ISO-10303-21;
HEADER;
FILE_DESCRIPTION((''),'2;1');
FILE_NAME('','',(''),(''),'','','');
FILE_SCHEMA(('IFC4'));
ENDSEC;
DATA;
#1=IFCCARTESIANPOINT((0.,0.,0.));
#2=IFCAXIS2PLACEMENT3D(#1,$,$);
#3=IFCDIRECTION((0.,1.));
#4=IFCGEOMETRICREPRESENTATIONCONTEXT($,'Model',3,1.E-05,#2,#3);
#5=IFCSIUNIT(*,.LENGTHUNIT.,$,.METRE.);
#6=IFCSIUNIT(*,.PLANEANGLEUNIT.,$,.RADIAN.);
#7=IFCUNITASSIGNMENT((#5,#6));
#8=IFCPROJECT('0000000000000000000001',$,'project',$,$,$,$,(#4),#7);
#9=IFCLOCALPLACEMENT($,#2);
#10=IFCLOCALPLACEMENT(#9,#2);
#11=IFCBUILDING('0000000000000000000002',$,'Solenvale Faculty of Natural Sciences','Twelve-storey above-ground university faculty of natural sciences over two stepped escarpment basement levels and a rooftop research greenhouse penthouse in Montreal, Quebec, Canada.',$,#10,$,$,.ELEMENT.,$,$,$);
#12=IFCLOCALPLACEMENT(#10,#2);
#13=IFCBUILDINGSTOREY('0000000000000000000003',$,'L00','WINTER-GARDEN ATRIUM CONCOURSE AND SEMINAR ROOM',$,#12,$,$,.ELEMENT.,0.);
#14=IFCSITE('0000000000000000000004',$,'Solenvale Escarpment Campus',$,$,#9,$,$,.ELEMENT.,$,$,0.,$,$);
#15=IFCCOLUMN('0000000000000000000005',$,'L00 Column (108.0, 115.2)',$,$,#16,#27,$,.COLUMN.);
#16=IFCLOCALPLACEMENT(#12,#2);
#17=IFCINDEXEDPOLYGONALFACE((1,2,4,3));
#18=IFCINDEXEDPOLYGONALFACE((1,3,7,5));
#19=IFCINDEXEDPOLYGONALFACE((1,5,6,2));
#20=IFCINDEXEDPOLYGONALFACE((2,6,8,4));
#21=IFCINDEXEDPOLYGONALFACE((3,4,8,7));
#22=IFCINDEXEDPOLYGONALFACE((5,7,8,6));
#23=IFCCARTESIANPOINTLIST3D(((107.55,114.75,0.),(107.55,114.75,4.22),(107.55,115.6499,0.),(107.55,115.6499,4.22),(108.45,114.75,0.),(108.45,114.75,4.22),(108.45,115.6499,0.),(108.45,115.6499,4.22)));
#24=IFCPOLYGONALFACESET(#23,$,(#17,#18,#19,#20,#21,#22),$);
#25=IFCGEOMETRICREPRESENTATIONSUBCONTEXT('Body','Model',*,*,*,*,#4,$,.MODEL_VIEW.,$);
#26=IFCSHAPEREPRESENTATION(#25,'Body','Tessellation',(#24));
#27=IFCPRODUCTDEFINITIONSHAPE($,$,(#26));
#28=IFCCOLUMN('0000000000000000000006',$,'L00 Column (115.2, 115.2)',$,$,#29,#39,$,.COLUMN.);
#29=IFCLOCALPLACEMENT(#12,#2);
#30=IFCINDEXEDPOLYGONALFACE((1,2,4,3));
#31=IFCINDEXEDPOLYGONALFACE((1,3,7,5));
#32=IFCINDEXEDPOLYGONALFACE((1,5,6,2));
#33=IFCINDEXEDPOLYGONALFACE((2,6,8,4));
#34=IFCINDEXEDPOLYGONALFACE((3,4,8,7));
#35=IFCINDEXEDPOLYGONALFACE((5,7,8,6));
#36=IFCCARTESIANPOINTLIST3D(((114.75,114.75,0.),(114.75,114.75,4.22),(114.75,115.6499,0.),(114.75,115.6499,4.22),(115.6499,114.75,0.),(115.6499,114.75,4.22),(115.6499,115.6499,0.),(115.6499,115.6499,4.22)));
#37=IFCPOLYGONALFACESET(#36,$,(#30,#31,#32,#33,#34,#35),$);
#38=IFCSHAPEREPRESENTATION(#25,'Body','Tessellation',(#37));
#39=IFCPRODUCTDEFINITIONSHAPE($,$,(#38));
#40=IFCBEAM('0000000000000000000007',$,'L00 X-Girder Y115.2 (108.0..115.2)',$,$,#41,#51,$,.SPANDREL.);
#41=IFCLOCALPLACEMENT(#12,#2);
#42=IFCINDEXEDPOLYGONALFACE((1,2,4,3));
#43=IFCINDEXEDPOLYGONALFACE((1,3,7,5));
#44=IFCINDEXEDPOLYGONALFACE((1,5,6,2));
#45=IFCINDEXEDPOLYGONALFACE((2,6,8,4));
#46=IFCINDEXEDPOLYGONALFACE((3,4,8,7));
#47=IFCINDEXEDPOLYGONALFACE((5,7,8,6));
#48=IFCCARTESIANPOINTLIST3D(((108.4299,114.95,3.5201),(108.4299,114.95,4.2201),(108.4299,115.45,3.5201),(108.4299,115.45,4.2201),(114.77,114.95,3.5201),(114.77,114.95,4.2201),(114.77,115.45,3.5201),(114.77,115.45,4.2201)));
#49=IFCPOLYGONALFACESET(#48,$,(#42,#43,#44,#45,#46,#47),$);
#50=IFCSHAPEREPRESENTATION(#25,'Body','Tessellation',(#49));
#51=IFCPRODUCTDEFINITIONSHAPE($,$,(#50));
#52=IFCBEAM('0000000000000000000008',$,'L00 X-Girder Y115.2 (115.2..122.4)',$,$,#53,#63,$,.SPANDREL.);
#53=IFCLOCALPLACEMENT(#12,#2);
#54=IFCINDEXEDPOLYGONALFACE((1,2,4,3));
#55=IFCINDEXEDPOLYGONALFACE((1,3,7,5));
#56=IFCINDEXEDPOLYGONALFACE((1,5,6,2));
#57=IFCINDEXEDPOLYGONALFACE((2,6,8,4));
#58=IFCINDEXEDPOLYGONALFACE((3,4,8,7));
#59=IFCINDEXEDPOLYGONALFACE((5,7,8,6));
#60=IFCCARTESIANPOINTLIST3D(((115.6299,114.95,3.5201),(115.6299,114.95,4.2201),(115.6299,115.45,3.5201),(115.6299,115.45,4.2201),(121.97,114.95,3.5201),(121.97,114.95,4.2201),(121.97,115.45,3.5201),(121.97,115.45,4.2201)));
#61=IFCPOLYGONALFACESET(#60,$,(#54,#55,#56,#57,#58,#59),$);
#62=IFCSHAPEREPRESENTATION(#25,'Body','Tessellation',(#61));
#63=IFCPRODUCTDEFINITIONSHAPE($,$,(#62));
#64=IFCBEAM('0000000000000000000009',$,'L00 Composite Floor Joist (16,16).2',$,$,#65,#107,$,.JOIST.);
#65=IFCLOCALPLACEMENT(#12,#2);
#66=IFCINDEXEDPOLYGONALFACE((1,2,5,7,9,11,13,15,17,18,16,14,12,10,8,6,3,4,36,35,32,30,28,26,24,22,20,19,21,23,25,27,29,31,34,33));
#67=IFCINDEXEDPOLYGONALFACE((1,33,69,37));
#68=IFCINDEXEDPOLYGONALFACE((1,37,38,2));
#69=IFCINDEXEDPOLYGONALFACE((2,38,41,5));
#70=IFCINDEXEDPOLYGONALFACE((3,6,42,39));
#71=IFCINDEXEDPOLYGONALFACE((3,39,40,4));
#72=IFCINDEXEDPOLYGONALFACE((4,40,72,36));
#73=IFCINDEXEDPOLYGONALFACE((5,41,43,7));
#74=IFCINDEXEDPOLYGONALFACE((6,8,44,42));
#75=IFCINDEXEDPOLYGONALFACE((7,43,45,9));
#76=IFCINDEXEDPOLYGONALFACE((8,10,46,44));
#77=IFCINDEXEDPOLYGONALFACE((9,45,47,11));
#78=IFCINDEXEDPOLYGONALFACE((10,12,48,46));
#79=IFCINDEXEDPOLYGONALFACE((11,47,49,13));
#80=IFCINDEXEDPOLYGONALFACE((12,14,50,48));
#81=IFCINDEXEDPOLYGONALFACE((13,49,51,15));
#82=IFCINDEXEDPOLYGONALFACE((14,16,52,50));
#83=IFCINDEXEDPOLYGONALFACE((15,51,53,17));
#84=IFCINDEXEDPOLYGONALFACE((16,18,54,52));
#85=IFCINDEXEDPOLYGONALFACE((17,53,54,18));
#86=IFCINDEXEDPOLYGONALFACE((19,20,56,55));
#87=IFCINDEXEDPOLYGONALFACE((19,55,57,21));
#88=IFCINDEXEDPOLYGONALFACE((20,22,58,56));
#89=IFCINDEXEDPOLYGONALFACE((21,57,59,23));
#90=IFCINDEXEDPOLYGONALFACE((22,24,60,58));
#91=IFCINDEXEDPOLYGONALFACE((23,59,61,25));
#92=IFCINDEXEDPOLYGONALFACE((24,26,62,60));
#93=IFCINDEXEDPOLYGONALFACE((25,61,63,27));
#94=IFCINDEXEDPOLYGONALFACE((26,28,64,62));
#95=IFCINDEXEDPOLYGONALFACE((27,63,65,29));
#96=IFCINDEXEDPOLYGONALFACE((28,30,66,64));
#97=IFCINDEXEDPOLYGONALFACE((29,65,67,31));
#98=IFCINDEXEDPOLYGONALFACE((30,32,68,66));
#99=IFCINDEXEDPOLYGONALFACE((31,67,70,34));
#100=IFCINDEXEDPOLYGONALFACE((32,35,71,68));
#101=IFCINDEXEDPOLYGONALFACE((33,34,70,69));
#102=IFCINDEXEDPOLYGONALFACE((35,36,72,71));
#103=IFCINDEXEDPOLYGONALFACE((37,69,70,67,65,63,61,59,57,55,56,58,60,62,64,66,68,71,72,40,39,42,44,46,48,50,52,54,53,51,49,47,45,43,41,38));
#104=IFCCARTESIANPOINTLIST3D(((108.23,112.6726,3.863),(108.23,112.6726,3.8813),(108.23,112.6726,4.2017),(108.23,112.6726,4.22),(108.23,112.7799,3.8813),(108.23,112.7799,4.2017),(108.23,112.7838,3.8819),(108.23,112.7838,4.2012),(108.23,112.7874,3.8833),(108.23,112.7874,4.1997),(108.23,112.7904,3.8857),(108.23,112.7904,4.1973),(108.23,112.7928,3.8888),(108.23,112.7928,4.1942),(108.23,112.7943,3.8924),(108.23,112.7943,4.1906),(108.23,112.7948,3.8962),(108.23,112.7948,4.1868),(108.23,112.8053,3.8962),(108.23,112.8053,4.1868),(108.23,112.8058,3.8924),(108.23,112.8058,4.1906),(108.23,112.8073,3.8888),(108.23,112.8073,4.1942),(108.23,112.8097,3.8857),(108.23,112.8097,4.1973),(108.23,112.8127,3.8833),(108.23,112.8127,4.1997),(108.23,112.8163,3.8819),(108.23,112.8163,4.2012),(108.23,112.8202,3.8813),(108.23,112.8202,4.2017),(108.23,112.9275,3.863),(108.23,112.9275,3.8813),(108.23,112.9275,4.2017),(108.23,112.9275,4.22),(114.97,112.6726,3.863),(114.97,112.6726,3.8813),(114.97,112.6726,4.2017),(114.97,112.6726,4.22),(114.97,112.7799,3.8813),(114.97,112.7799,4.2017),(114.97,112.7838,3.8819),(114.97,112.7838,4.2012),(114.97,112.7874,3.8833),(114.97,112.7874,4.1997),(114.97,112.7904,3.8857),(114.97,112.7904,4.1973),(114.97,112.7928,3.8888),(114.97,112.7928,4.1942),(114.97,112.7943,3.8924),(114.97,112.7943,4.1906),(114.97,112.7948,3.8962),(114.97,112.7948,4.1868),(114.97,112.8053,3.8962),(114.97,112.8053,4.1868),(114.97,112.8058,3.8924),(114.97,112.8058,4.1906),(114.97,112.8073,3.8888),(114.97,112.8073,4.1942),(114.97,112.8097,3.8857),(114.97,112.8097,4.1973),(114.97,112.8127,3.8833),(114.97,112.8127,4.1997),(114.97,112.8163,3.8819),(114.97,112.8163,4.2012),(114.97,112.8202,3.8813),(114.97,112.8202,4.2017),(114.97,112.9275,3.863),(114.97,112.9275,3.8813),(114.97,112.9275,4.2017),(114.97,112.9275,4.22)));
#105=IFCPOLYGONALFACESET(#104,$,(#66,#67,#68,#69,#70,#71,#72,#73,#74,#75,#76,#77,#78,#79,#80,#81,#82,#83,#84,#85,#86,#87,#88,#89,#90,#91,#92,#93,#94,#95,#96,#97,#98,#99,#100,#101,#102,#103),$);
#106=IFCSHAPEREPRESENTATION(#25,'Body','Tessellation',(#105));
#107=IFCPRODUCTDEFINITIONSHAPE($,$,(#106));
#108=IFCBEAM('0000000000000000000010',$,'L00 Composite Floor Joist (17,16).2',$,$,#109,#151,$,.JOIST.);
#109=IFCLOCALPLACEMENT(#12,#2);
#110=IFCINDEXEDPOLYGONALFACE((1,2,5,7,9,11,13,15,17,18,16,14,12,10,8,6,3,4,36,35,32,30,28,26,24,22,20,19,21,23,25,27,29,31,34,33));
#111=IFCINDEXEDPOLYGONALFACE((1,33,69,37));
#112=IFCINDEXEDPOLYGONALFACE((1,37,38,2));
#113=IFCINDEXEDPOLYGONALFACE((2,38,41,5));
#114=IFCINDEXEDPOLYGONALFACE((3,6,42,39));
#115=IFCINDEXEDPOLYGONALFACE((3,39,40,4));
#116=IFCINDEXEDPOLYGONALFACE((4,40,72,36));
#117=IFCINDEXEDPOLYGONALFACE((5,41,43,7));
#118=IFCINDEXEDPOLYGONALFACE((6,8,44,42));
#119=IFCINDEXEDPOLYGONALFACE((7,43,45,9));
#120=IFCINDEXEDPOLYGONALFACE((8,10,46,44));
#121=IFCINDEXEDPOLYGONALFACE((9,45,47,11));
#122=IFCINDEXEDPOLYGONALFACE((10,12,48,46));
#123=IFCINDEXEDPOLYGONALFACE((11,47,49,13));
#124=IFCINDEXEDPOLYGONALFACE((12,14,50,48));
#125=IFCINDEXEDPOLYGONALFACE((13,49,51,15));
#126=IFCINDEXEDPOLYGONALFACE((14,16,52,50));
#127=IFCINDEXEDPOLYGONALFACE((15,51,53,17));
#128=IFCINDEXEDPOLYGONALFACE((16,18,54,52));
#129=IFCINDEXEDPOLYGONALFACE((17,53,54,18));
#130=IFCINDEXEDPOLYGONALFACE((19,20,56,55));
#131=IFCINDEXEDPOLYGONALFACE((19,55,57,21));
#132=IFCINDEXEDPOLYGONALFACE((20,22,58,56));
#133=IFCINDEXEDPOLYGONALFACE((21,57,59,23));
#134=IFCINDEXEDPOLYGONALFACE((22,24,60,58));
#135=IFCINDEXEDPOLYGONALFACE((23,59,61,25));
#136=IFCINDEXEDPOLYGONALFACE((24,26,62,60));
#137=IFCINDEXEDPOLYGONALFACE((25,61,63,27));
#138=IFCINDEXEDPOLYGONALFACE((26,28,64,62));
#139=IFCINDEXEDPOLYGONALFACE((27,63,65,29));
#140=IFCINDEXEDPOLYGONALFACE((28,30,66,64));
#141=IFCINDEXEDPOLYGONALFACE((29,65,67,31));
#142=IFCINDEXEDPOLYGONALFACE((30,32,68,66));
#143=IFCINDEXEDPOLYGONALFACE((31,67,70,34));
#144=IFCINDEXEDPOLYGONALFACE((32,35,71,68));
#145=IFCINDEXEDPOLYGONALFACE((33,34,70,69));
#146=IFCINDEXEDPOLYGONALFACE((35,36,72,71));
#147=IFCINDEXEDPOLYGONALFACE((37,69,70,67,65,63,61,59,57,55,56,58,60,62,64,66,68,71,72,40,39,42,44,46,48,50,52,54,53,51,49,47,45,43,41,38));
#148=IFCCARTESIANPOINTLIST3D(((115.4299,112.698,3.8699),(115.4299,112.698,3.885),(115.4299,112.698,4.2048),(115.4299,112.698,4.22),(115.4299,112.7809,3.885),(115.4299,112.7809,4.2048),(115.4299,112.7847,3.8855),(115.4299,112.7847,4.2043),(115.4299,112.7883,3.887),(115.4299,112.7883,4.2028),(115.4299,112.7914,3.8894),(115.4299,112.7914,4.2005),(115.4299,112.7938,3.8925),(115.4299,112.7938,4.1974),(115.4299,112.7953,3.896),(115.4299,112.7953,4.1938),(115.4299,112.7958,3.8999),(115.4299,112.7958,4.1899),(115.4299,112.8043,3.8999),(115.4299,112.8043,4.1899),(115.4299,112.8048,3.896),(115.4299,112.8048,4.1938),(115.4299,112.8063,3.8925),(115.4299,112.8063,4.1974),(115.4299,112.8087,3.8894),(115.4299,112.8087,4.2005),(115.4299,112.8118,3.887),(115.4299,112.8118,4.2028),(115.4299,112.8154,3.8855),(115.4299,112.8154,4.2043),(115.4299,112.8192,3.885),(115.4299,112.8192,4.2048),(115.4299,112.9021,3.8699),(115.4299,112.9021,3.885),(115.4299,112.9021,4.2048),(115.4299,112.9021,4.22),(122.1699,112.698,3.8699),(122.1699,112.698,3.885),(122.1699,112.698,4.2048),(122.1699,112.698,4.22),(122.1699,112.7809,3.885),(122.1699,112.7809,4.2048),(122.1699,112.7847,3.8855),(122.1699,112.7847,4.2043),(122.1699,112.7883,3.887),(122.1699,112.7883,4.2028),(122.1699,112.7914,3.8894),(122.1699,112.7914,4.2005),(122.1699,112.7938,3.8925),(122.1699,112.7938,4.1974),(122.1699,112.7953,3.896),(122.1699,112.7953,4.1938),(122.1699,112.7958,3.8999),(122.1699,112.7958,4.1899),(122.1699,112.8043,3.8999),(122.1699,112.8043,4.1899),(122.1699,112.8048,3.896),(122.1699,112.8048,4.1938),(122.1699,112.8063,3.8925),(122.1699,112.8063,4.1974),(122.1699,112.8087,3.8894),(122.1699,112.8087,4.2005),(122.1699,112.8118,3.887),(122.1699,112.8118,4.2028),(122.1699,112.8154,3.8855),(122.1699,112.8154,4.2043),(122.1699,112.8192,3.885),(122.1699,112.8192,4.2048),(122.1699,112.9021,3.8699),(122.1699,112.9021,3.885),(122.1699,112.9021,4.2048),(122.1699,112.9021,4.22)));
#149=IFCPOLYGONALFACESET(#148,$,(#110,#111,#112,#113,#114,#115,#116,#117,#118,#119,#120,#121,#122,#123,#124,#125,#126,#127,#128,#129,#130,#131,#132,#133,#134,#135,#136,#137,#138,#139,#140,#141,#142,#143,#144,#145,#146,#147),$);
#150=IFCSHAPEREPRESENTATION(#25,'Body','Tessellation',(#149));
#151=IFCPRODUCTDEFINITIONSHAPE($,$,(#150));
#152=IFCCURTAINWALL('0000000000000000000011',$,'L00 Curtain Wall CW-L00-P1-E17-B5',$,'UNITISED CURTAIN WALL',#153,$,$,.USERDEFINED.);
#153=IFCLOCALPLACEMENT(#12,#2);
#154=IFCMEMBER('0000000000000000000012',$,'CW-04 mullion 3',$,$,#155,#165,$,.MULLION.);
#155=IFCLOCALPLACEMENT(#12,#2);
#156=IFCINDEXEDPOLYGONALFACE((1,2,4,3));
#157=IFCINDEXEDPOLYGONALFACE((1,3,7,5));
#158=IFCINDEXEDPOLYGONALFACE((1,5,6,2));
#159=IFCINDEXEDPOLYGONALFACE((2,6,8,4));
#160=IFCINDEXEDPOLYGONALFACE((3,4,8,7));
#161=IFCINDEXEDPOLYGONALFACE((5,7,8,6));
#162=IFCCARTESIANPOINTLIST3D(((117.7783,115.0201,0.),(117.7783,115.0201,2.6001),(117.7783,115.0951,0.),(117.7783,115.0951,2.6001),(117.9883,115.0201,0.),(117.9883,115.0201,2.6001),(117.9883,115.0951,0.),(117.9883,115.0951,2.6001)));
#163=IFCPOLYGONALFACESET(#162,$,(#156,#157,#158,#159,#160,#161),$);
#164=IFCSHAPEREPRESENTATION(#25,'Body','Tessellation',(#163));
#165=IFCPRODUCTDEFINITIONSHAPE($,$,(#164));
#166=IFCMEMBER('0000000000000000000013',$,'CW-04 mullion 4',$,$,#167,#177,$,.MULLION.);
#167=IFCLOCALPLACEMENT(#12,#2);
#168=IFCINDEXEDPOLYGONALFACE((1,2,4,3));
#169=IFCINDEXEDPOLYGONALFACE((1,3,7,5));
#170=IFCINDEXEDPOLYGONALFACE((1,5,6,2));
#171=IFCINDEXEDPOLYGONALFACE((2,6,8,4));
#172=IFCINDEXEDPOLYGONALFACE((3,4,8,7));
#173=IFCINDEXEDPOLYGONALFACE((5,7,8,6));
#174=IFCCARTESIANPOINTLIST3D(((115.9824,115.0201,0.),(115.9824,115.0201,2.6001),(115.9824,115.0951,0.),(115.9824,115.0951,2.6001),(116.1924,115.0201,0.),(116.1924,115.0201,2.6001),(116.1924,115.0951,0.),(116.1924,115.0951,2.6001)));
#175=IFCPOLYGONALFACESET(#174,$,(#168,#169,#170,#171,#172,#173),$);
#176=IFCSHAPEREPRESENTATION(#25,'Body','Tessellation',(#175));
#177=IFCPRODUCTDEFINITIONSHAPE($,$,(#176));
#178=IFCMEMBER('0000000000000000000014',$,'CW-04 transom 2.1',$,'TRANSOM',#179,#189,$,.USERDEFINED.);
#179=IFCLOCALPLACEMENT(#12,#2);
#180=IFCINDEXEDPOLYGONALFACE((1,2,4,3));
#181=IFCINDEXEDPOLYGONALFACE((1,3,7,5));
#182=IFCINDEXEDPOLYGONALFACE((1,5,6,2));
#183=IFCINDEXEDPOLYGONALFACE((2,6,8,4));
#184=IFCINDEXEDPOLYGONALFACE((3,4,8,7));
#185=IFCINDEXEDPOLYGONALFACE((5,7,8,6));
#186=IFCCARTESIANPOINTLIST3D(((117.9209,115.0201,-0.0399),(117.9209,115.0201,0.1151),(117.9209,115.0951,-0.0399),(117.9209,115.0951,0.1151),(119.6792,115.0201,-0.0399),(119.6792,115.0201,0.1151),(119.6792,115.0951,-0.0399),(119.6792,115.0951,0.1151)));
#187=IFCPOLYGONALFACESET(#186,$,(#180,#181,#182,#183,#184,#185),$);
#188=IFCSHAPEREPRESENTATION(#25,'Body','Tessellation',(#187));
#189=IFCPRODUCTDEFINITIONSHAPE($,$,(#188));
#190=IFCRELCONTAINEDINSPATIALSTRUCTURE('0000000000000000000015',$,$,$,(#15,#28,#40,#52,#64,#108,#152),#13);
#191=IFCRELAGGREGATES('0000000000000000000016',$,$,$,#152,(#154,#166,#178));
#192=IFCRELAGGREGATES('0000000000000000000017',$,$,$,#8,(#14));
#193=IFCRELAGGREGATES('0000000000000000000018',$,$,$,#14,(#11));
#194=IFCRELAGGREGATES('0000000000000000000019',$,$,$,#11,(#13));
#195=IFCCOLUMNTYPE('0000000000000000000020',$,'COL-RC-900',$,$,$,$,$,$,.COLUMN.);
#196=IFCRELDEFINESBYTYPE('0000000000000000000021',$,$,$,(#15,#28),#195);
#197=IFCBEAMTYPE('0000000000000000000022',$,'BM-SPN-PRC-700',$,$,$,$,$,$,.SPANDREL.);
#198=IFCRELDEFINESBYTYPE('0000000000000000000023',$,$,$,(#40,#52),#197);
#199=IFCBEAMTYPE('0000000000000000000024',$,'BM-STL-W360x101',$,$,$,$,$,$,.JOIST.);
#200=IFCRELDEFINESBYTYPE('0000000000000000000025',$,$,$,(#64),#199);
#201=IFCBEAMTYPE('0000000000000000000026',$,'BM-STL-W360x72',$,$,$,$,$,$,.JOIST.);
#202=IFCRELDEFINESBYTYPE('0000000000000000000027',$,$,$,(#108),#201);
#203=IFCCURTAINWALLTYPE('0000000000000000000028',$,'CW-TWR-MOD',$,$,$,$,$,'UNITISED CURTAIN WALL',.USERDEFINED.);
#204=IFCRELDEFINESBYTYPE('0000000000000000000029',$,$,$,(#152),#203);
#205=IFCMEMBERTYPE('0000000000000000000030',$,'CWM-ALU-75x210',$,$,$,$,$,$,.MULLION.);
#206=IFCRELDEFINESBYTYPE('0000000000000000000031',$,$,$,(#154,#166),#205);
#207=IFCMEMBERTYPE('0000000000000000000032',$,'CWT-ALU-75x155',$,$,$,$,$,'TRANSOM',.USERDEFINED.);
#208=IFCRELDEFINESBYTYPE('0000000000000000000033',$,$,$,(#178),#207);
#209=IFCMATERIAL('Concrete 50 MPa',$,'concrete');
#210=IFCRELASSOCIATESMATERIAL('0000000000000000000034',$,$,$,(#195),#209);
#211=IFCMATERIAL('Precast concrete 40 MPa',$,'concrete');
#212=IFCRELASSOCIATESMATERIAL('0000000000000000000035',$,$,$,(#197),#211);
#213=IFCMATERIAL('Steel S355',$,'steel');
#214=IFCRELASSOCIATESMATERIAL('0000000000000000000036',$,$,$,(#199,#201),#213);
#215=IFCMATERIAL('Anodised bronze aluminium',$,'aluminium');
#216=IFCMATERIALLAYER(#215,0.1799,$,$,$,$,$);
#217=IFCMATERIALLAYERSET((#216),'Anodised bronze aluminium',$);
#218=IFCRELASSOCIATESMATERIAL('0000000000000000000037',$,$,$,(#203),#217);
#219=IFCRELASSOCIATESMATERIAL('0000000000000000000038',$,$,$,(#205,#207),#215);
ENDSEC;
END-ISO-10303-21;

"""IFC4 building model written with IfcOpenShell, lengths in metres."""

from ifc_helpers import new_model, si_unit, direction, frame, origin, origin_2d, place, context, subcontext, project, spatial, rectangle, i_section, extrude, material, layer, layer_set, material_profile, profile_set, type_object, element, aggregate, save


model = new_model("IFC4")

# Units and contexts
model_context = context("Model", 3, precision=1e-05, world=origin(), true_north=direction((0.0, 1.0)))
body_context = subcontext(model_context, "Body", "Model", "MODEL_VIEW")
ifc_project = project(units=[si_unit("LENGTHUNIT", "METRE"), si_unit("PLANEANGLEUNIT", "RADIAN")], contexts=[model_context])

# Site, building, storey
site_placement = place(None, origin())
site = spatial("IfcSite", under=ifc_project, at=site_placement, Name="Solenvale Escarpment Campus", CompositionType="ELEMENT", RefElevation=0.0)
building_placement = place(site_placement, origin())
building = spatial("IfcBuilding", under=site, at=building_placement, Name="Solenvale Faculty of Natural Sciences", Description="Twelve-storey above-ground university faculty of natural sciences over two stepped escarpment basement levels and a rooftop research greenhouse penthouse in Montreal, Quebec, Canada.", CompositionType="ELEMENT")
storey_placement = place(building_placement, origin())
storey = spatial("IfcBuildingStorey", under=building, at=storey_placement, Name="L00", Description="WINTER-GARDEN ATRIUM CONCOURSE AND SEMINAR ROOM", CompositionType="ELEMENT", Elevation=0.0)

# Columns
ifc_material_1 = material(Name="Concrete 50 MPa", Category="concrete")
ifc_material_profile_1 = material_profile(ifc_material_1, rectangle(XDim=0.8999, YDim=0.8999, at=origin_2d()), Name="RC-COL-900x900")
ifc_profile_set_1 = profile_set([ifc_material_profile_1], Name="Concrete 50 MPa")
column_type = type_object("IfcColumnType", Name="COL-RC-900", PredefinedType="COLUMN", material=ifc_profile_set_1)
for number, where, z_axis, x_axis, name in (
    (1, (108.0, 115.2, 0.0), (0.0, 0.0, 1.0), (1.0, 0.0, 0.0), "L00 Column (108.0, 115.2)"),
    (2, (115.2, 115.2, 0.0), (0.0, 0.0, 1.0), (1.0, 0.0, 0.0), "L00 Column (115.2, 115.2)"),
):
    element("IfcColumn", number, at=place(storey_placement, frame(where, z_axis=z_axis, x_axis=x_axis)), inside=storey, type_object=column_type, Name=name, PredefinedType="COLUMN", context=body_context, shape_type="SweptSolid", body=[
        extrude(rectangle(XDim=0.8999, YDim=0.8999, at=origin_2d()), origin(), (0.0, 0.0, 1.0), 4.22),
    ])

# Beams
ifc_material_2 = material(Name="Precast concrete 40 MPa", Category="concrete")
ifc_material_profile_2 = material_profile(ifc_material_2, rectangle(XDim=0.5, YDim=0.7, at=origin_2d()), Name="RC-BM-500x700")
ifc_profile_set_2 = profile_set([ifc_material_profile_2], Name="Precast concrete 40 MPa")
beam_type_1 = type_object("IfcBeamType", Name="BM-SPN-PRC-700", PredefinedType="SPANDREL", material=ifc_profile_set_2)
for number, where, z_axis, x_axis, name in (
    (3, (108.4299, 115.2, 3.8701), (1.0, 0.0, 0.0), (0.0, 1.0, 0.0), "L00 X-Girder Y115.2 (108.0..115.2)"),
    (4, (115.6299, 115.2, 3.8701), (1.0, 0.0, 0.0), (0.0, 1.0, 0.0), "L00 X-Girder Y115.2 (115.2..122.4)"),
):
    element("IfcBeam", number, at=place(storey_placement, frame(where, z_axis=z_axis, x_axis=x_axis)), inside=storey, type_object=beam_type_1, Name=name, PredefinedType="SPANDREL", context=body_context, shape_type="SweptSolid", body=[
        extrude(rectangle(XDim=0.5, YDim=0.7, at=origin_2d()), origin(), (0.0, 0.0, 1.0), 6.3401),
    ])
ifc_material_3 = material(Name="Steel S355", Category="steel")
ifc_material_profile_3 = material_profile(ifc_material_3, i_section(OverallWidth=0.2549, OverallDepth=0.3569, WebThickness=0.0105, FlangeThickness=0.0183, FilletRadius=0.0149, at=origin_2d()), Name="W360x101")
ifc_profile_set_3 = profile_set([ifc_material_profile_3], Name="Steel S355")
beam_type_2 = type_object("IfcBeamType", Name="BM-STL-W360x101", PredefinedType="JOIST", material=ifc_profile_set_3)
beam_1_placement = place(storey_placement, frame((108.23, 112.8, 4.0415), z_axis=(1.0, 0.0, 0.0), x_axis=(0.0, 1.0, 0.0)))
element("IfcBeam", 5, at=beam_1_placement, inside=storey, type_object=beam_type_2, Name="L00 Composite Floor Joist (16,16).2", PredefinedType="JOIST", context=body_context, shape_type="SweptSolid", body=[
    extrude(i_section(OverallWidth=0.2549, OverallDepth=0.3569, WebThickness=0.0105, FlangeThickness=0.0183, FilletRadius=0.0149, at=origin_2d()), origin(), (0.0, 0.0, 1.0), 6.74),
])
ifc_material_profile_4 = material_profile(ifc_material_3, i_section(OverallWidth=0.2041, OverallDepth=0.3501, WebThickness=0.0085, FlangeThickness=0.0151, FilletRadius=0.0149, at=origin_2d()), Name="W360x72")
ifc_profile_set_4 = profile_set([ifc_material_profile_4], Name="Steel S355")
beam_type_3 = type_object("IfcBeamType", Name="BM-STL-W360x72", PredefinedType="JOIST", material=ifc_profile_set_4)
beam_2_placement = place(storey_placement, frame((115.4299, 112.8, 4.0449), z_axis=(1.0, 0.0, 0.0), x_axis=(0.0, 1.0, 0.0)))
element("IfcBeam", 6, at=beam_2_placement, inside=storey, type_object=beam_type_3, Name="L00 Composite Floor Joist (17,16).2", PredefinedType="JOIST", context=body_context, shape_type="SweptSolid", body=[
    extrude(i_section(OverallWidth=0.2041, OverallDepth=0.3501, WebThickness=0.0085, FlangeThickness=0.0151, FilletRadius=0.0149, at=origin_2d()), origin(), (0.0, 0.0, 1.0), 6.74),
])

# Curtain wall, members
ifc_material_4 = material(Name="Anodised bronze aluminium", Category="aluminium")
ifc_layer_1 = layer(ifc_material_4, 0.1799)
ifc_layer_set_1 = layer_set([ifc_layer_1], Name="Anodised bronze aluminium")
curtain_wall_type = type_object("IfcCurtainWallType", Name="CW-TWR-MOD", ElementType="UNITISED CURTAIN WALL", PredefinedType="USERDEFINED", material=ifc_layer_set_1)
curtain_wall_placement = place(storey_placement, origin())
curtain_wall = element("IfcCurtainWall", 7, at=curtain_wall_placement, inside=storey, type_object=curtain_wall_type, Name="L00 Curtain Wall CW-L00-P1-E17-B5", ObjectType="UNITISED CURTAIN WALL", PredefinedType="USERDEFINED")
ifc_material_profile_5 = material_profile(ifc_material_4, rectangle(XDim=0.075, YDim=0.21, at=origin_2d()), Name="ALU-MUL-75x210")
ifc_profile_set_5 = profile_set([ifc_material_profile_5], Name="Anodised bronze aluminium")
member_type_1 = type_object("IfcMemberType", Name="CWM-ALU-75x210", PredefinedType="MULLION", material=ifc_profile_set_5)
member_1_placement = place(storey_placement, frame((117.8833, 115.0576, 0.0), z_axis=(0.0, 0.0, 1.0), x_axis=(0.0, -1.0, 0.0)))
member_1 = element("IfcMember", 8, at=member_1_placement, type_object=member_type_1, Name="CW-04 mullion 3", PredefinedType="MULLION", context=body_context, shape_type="SweptSolid", body=[
    extrude(rectangle(XDim=0.075, YDim=0.21, at=origin_2d()), origin(), (0.0, 0.0, 1.0), 2.6001),
])
member_2_placement = place(storey_placement, frame((116.0874, 115.0576, 0.0), z_axis=(0.0, 0.0, 1.0), x_axis=(0.0, -1.0, 0.0)))
member_2 = element("IfcMember", 9, at=member_2_placement, type_object=member_type_1, Name="CW-04 mullion 4", PredefinedType="MULLION", context=body_context, shape_type="SweptSolid", body=[
    extrude(rectangle(XDim=0.075, YDim=0.21, at=origin_2d()), origin(), (0.0, 0.0, 1.0), 2.6001),
])
ifc_material_profile_6 = material_profile(ifc_material_4, rectangle(XDim=0.075, YDim=0.155, at=origin_2d()), Name="ALU-TRN-75x155")
ifc_profile_set_6 = profile_set([ifc_material_profile_6], Name="Anodised bronze aluminium")
member_type_2 = type_object("IfcMemberType", Name="CWT-ALU-75x155", ElementType="TRANSOM", PredefinedType="USERDEFINED", material=ifc_profile_set_6)
member_3_placement = place(storey_placement, frame((119.6792, 115.0576, 0.0376), z_axis=(-1.0, 0.0, 0.0), x_axis=(0.0, -1.0, 0.0)))
member_3 = element("IfcMember", 10, at=member_3_placement, type_object=member_type_2, Name="CW-04 transom 2.1", ObjectType="TRANSOM", PredefinedType="USERDEFINED", context=body_context, shape_type="SweptSolid", body=[
    extrude(rectangle(XDim=0.075, YDim=0.155, at=origin_2d()), origin(), (0.0, 0.0, 1.0), 1.7583),
])
aggregate(curtain_wall, [member_1, member_2, member_3])

save(model, "model.ifc")
